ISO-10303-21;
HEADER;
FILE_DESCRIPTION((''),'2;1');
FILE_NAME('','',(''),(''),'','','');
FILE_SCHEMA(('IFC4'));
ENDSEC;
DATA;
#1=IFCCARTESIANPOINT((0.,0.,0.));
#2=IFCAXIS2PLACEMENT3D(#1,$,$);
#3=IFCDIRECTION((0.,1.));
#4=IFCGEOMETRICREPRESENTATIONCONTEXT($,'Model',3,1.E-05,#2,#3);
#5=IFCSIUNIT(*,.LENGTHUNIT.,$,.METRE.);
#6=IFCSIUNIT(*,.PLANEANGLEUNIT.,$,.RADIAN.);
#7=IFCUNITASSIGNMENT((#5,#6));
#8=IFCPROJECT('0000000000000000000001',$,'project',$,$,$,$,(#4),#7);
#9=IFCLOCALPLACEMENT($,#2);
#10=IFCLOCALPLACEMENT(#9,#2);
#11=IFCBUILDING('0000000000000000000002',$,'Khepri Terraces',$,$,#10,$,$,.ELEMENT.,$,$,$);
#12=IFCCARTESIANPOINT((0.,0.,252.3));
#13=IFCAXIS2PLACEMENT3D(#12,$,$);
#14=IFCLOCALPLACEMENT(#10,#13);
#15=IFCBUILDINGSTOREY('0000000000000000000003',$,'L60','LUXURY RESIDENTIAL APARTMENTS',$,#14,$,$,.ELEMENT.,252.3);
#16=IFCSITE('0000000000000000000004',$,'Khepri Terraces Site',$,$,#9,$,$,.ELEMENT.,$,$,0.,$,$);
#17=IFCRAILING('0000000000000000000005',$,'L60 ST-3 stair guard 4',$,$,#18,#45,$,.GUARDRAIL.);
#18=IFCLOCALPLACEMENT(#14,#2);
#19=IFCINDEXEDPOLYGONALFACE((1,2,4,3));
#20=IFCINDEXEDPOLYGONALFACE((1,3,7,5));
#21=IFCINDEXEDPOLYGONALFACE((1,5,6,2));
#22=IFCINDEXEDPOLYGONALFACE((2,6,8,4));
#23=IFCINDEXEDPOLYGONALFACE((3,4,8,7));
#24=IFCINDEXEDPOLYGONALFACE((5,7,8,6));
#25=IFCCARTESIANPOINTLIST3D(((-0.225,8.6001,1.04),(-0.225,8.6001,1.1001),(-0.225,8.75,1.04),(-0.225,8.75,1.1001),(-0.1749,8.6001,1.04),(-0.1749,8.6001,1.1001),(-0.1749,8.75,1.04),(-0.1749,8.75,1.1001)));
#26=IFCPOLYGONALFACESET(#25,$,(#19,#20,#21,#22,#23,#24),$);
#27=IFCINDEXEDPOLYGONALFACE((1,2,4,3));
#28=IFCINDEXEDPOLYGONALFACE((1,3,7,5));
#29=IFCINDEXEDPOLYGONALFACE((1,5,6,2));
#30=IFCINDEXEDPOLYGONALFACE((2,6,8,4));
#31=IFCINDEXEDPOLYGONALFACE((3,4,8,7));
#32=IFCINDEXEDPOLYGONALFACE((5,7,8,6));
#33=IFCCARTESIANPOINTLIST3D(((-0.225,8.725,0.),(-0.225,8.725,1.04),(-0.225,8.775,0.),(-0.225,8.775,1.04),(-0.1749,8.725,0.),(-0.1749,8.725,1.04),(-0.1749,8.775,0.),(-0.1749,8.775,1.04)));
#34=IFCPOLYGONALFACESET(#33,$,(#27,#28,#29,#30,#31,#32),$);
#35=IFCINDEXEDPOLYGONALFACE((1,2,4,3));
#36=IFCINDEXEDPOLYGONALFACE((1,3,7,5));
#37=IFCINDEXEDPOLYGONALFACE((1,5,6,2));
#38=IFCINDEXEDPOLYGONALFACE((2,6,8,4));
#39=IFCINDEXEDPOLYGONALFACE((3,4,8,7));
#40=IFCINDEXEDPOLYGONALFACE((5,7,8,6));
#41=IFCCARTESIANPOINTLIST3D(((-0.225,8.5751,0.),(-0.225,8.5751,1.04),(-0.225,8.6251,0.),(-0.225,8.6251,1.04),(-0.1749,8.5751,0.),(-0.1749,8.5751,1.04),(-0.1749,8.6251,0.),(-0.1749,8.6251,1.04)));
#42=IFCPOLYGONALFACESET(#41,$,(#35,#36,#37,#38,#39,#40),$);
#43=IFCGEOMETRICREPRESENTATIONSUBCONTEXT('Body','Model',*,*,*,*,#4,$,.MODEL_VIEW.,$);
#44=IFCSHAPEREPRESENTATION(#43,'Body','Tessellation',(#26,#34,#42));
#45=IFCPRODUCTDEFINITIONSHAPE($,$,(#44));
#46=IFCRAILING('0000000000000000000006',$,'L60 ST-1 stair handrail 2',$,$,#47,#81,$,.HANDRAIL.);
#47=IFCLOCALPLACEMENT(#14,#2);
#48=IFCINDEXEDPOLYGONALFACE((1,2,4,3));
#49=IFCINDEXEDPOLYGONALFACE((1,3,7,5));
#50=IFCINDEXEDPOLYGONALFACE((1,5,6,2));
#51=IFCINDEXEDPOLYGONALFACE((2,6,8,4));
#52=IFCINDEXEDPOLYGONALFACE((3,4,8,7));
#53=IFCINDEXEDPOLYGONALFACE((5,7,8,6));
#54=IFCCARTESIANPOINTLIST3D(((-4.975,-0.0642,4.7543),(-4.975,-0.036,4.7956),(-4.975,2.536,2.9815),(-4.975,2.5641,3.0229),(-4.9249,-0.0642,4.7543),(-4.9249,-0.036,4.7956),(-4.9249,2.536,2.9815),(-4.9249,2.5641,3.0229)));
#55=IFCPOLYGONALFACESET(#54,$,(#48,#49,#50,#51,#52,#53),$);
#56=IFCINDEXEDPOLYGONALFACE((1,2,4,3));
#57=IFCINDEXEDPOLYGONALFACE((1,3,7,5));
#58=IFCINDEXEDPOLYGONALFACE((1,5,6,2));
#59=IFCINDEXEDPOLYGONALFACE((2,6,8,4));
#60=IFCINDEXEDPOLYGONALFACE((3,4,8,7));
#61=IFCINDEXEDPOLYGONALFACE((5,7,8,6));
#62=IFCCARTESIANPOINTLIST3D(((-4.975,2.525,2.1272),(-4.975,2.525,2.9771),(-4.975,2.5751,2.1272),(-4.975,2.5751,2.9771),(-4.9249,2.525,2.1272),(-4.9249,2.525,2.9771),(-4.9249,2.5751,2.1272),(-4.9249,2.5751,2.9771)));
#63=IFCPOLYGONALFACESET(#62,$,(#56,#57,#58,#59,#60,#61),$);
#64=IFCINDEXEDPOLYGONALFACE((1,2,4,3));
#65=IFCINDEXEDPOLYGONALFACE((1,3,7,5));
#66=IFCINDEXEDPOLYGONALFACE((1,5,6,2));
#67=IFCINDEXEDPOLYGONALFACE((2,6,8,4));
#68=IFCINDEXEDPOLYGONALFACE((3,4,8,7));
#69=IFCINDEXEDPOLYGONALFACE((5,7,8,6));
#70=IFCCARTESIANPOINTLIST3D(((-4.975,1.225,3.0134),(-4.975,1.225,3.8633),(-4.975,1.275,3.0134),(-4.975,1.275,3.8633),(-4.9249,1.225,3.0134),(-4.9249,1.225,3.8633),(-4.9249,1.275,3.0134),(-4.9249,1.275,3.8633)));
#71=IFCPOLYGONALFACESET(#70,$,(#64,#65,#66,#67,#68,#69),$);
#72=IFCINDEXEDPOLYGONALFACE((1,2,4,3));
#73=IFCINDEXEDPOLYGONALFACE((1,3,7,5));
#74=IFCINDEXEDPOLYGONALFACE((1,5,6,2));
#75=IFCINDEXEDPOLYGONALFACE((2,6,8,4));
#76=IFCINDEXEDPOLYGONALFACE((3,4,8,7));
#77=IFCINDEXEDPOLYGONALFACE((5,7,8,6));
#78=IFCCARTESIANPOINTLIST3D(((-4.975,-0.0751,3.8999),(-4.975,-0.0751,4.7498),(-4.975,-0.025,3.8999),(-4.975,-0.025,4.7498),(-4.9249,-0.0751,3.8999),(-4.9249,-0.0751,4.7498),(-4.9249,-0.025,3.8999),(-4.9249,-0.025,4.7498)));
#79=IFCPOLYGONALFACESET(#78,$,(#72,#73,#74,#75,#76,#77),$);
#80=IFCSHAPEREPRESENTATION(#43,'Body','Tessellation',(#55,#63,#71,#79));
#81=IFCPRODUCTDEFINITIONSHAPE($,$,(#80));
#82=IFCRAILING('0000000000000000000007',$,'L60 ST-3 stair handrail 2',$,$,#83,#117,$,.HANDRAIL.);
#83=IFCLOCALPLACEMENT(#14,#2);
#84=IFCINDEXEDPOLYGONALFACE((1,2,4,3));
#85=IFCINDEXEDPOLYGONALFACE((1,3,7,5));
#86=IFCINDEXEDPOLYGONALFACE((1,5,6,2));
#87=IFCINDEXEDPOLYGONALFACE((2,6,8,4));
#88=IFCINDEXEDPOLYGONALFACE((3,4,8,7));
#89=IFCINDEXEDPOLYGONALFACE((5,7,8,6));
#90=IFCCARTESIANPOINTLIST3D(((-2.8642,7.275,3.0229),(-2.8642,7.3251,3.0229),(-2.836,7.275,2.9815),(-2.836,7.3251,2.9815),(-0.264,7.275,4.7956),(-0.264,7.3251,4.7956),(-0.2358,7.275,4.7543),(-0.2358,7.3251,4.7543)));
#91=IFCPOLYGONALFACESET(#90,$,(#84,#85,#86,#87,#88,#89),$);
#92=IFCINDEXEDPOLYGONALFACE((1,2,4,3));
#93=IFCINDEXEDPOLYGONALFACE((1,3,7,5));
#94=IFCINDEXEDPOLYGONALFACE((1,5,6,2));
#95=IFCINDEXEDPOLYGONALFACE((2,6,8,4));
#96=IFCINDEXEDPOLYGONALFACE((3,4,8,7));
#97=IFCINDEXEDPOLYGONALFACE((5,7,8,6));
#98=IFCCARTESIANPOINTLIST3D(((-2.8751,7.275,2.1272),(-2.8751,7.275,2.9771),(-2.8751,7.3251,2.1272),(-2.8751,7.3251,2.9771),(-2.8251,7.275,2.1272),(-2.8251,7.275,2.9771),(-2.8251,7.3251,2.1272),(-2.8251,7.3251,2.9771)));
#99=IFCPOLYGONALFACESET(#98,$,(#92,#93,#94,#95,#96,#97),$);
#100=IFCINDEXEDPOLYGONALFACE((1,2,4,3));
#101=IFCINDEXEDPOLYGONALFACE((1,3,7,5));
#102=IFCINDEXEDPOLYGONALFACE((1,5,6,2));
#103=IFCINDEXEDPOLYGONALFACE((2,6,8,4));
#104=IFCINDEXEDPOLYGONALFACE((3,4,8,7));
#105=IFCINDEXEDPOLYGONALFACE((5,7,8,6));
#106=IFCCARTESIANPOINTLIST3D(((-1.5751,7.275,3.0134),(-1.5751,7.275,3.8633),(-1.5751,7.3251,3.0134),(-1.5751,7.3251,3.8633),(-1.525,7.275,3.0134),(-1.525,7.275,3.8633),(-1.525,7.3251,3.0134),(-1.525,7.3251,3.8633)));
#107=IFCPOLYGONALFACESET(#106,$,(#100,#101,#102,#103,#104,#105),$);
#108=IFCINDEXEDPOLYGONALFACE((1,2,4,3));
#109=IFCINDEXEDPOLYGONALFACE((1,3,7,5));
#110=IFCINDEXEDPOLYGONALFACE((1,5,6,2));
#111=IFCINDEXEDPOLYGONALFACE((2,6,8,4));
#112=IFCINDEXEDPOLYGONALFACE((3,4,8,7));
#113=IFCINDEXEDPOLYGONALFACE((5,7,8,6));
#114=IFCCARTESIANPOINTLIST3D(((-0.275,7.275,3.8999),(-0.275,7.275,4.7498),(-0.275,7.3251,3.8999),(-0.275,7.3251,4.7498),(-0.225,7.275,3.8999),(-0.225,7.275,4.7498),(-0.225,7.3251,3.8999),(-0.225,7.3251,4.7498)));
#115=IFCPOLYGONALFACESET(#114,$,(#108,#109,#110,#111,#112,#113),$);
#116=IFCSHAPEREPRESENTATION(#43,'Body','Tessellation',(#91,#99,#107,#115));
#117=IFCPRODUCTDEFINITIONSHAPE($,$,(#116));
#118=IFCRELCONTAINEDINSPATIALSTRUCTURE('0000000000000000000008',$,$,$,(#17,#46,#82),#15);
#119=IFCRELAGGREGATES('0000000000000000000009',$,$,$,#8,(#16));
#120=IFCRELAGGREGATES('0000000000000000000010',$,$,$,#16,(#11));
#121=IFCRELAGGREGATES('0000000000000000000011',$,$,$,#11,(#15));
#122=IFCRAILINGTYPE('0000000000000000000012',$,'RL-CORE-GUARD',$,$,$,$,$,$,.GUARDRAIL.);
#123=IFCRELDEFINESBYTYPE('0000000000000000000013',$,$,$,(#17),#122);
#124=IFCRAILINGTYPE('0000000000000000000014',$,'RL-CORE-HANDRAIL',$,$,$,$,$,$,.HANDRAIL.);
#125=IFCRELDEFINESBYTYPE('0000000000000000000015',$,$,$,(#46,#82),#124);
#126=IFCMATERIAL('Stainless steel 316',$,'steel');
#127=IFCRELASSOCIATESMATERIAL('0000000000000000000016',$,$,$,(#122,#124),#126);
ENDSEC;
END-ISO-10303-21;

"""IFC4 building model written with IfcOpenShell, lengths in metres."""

from ifc_helpers import new_model, si_unit, direction, frame, origin, origin_2d, place, context, subcontext, project, spatial, rectangle, extrude, material, type_object, element, save


model = new_model("IFC4")

# Units and contexts
model_context = context("Model", 3, precision=1e-05, world=origin(), true_north=direction((0.0, 1.0)))
body_context = subcontext(model_context, "Body", "Model", "MODEL_VIEW")
ifc_project = project(units=[si_unit("LENGTHUNIT", "METRE"), si_unit("PLANEANGLEUNIT", "RADIAN")], contexts=[model_context])

# Site, building, storey
site_placement = place(None, origin())
site = spatial("IfcSite", under=ifc_project, at=site_placement, Name="Khepri Terraces Site", CompositionType="ELEMENT", RefElevation=0.0)
building_placement = place(site_placement, origin())
building = spatial("IfcBuilding", under=site, at=building_placement, Name="Khepri Terraces", CompositionType="ELEMENT")
storey_placement = place(building_placement, frame((0.0, 0.0, 252.3)))
storey = spatial("IfcBuildingStorey", under=building, at=storey_placement, Name="L60", Description="LUXURY RESIDENTIAL APARTMENTS", CompositionType="ELEMENT", Elevation=252.3)

# Railings
ifc_material_1 = material(Name="Stainless steel 316", Category="steel")
railing_type_1 = type_object("IfcRailingType", Name="RL-CORE-GUARD", PredefinedType="GUARDRAIL", material=ifc_material_1)
railing_1_placement = place(storey_placement, frame((-0.2, 8.75, 0.0)))
element("IfcRailing", 1, at=railing_1_placement, inside=storey, type_object=railing_type_1, Name="L60 ST-3 stair guard 4", PredefinedType="GUARDRAIL", context=body_context, shape_type="SweptSolid", body=[
    extrude(rectangle(XDim=0.05, YDim=0.0601, at=origin_2d()), frame((0.0, 0.0, 1.0701), z_axis=(0.0, -1.0, 0.0), x_axis=(1.0, 0.0, 0.0)), (0.0, 0.0, 1.0), 0.1499),
    extrude(rectangle(XDim=0.05, YDim=0.05, at=origin_2d()), origin(), (0.0, 0.0, 1.0), 1.04),
    extrude(rectangle(XDim=0.05, YDim=0.05, at=origin_2d()), frame((0.0, -0.1499, 0.0)), (0.0, 0.0, 1.0), 1.04),
])
railing_type_2 = type_object("IfcRailingType", Name="RL-CORE-HANDRAIL", PredefinedType="HANDRAIL", material=ifc_material_1)
railing_2_placement = place(storey_placement, frame((-4.95, 2.55, 2.1272)))
element("IfcRailing", 2, at=railing_2_placement, inside=storey, type_object=railing_type_2, Name="L60 ST-1 stair handrail 2", PredefinedType="HANDRAIL", context=body_context, shape_type="SweptSolid", body=[
    extrude(rectangle(XDim=0.05, YDim=0.05, at=origin_2d()), frame((0.0, 0.0, 0.875), z_axis=(0.0, -0.82624, 0.563318), x_axis=(1.0, 0.0, 0.0)), (0.0, 0.0, 1.0), 3.147),
    extrude(rectangle(XDim=0.05, YDim=0.05, at=origin_2d()), origin(), (0.0, 0.0, 1.0), 0.8499),
    extrude(rectangle(XDim=0.05, YDim=0.05, at=origin_2d()), frame((0.0, -1.3, 0.8862)), (0.0, 0.0, 1.0), 0.8499),
    extrude(rectangle(XDim=0.05, YDim=0.05, at=origin_2d()), frame((0.0, -2.6001, 1.7727)), (0.0, 0.0, 1.0), 0.8499),
])
railing_3_placement = place(storey_placement, frame((-2.8501, 7.3, 2.1272)))
element("IfcRailing", 3, at=railing_3_placement, inside=storey, type_object=railing_type_2, Name="L60 ST-3 stair handrail 2", PredefinedType="HANDRAIL", context=body_context, shape_type="SweptSolid", body=[
    extrude(rectangle(XDim=0.05, YDim=0.05, at=origin_2d()), frame((0.0, 0.0, 0.875), z_axis=(0.82624, 0.0, 0.563318), x_axis=(0.0, 1.0, 0.0)), (0.0, 0.0, 1.0), 3.147),
    extrude(rectangle(XDim=0.05, YDim=0.05, at=origin_2d()), origin(), (0.0, 0.0, 1.0), 0.8499),
    extrude(rectangle(XDim=0.05, YDim=0.05, at=origin_2d()), frame((1.3, 0.0, 0.8862)), (0.0, 0.0, 1.0), 0.8499),
    extrude(rectangle(XDim=0.05, YDim=0.05, at=origin_2d()), frame((2.6001, 0.0, 1.7727)), (0.0, 0.0, 1.0), 0.8499),
])

save(model, "model.ifc")
